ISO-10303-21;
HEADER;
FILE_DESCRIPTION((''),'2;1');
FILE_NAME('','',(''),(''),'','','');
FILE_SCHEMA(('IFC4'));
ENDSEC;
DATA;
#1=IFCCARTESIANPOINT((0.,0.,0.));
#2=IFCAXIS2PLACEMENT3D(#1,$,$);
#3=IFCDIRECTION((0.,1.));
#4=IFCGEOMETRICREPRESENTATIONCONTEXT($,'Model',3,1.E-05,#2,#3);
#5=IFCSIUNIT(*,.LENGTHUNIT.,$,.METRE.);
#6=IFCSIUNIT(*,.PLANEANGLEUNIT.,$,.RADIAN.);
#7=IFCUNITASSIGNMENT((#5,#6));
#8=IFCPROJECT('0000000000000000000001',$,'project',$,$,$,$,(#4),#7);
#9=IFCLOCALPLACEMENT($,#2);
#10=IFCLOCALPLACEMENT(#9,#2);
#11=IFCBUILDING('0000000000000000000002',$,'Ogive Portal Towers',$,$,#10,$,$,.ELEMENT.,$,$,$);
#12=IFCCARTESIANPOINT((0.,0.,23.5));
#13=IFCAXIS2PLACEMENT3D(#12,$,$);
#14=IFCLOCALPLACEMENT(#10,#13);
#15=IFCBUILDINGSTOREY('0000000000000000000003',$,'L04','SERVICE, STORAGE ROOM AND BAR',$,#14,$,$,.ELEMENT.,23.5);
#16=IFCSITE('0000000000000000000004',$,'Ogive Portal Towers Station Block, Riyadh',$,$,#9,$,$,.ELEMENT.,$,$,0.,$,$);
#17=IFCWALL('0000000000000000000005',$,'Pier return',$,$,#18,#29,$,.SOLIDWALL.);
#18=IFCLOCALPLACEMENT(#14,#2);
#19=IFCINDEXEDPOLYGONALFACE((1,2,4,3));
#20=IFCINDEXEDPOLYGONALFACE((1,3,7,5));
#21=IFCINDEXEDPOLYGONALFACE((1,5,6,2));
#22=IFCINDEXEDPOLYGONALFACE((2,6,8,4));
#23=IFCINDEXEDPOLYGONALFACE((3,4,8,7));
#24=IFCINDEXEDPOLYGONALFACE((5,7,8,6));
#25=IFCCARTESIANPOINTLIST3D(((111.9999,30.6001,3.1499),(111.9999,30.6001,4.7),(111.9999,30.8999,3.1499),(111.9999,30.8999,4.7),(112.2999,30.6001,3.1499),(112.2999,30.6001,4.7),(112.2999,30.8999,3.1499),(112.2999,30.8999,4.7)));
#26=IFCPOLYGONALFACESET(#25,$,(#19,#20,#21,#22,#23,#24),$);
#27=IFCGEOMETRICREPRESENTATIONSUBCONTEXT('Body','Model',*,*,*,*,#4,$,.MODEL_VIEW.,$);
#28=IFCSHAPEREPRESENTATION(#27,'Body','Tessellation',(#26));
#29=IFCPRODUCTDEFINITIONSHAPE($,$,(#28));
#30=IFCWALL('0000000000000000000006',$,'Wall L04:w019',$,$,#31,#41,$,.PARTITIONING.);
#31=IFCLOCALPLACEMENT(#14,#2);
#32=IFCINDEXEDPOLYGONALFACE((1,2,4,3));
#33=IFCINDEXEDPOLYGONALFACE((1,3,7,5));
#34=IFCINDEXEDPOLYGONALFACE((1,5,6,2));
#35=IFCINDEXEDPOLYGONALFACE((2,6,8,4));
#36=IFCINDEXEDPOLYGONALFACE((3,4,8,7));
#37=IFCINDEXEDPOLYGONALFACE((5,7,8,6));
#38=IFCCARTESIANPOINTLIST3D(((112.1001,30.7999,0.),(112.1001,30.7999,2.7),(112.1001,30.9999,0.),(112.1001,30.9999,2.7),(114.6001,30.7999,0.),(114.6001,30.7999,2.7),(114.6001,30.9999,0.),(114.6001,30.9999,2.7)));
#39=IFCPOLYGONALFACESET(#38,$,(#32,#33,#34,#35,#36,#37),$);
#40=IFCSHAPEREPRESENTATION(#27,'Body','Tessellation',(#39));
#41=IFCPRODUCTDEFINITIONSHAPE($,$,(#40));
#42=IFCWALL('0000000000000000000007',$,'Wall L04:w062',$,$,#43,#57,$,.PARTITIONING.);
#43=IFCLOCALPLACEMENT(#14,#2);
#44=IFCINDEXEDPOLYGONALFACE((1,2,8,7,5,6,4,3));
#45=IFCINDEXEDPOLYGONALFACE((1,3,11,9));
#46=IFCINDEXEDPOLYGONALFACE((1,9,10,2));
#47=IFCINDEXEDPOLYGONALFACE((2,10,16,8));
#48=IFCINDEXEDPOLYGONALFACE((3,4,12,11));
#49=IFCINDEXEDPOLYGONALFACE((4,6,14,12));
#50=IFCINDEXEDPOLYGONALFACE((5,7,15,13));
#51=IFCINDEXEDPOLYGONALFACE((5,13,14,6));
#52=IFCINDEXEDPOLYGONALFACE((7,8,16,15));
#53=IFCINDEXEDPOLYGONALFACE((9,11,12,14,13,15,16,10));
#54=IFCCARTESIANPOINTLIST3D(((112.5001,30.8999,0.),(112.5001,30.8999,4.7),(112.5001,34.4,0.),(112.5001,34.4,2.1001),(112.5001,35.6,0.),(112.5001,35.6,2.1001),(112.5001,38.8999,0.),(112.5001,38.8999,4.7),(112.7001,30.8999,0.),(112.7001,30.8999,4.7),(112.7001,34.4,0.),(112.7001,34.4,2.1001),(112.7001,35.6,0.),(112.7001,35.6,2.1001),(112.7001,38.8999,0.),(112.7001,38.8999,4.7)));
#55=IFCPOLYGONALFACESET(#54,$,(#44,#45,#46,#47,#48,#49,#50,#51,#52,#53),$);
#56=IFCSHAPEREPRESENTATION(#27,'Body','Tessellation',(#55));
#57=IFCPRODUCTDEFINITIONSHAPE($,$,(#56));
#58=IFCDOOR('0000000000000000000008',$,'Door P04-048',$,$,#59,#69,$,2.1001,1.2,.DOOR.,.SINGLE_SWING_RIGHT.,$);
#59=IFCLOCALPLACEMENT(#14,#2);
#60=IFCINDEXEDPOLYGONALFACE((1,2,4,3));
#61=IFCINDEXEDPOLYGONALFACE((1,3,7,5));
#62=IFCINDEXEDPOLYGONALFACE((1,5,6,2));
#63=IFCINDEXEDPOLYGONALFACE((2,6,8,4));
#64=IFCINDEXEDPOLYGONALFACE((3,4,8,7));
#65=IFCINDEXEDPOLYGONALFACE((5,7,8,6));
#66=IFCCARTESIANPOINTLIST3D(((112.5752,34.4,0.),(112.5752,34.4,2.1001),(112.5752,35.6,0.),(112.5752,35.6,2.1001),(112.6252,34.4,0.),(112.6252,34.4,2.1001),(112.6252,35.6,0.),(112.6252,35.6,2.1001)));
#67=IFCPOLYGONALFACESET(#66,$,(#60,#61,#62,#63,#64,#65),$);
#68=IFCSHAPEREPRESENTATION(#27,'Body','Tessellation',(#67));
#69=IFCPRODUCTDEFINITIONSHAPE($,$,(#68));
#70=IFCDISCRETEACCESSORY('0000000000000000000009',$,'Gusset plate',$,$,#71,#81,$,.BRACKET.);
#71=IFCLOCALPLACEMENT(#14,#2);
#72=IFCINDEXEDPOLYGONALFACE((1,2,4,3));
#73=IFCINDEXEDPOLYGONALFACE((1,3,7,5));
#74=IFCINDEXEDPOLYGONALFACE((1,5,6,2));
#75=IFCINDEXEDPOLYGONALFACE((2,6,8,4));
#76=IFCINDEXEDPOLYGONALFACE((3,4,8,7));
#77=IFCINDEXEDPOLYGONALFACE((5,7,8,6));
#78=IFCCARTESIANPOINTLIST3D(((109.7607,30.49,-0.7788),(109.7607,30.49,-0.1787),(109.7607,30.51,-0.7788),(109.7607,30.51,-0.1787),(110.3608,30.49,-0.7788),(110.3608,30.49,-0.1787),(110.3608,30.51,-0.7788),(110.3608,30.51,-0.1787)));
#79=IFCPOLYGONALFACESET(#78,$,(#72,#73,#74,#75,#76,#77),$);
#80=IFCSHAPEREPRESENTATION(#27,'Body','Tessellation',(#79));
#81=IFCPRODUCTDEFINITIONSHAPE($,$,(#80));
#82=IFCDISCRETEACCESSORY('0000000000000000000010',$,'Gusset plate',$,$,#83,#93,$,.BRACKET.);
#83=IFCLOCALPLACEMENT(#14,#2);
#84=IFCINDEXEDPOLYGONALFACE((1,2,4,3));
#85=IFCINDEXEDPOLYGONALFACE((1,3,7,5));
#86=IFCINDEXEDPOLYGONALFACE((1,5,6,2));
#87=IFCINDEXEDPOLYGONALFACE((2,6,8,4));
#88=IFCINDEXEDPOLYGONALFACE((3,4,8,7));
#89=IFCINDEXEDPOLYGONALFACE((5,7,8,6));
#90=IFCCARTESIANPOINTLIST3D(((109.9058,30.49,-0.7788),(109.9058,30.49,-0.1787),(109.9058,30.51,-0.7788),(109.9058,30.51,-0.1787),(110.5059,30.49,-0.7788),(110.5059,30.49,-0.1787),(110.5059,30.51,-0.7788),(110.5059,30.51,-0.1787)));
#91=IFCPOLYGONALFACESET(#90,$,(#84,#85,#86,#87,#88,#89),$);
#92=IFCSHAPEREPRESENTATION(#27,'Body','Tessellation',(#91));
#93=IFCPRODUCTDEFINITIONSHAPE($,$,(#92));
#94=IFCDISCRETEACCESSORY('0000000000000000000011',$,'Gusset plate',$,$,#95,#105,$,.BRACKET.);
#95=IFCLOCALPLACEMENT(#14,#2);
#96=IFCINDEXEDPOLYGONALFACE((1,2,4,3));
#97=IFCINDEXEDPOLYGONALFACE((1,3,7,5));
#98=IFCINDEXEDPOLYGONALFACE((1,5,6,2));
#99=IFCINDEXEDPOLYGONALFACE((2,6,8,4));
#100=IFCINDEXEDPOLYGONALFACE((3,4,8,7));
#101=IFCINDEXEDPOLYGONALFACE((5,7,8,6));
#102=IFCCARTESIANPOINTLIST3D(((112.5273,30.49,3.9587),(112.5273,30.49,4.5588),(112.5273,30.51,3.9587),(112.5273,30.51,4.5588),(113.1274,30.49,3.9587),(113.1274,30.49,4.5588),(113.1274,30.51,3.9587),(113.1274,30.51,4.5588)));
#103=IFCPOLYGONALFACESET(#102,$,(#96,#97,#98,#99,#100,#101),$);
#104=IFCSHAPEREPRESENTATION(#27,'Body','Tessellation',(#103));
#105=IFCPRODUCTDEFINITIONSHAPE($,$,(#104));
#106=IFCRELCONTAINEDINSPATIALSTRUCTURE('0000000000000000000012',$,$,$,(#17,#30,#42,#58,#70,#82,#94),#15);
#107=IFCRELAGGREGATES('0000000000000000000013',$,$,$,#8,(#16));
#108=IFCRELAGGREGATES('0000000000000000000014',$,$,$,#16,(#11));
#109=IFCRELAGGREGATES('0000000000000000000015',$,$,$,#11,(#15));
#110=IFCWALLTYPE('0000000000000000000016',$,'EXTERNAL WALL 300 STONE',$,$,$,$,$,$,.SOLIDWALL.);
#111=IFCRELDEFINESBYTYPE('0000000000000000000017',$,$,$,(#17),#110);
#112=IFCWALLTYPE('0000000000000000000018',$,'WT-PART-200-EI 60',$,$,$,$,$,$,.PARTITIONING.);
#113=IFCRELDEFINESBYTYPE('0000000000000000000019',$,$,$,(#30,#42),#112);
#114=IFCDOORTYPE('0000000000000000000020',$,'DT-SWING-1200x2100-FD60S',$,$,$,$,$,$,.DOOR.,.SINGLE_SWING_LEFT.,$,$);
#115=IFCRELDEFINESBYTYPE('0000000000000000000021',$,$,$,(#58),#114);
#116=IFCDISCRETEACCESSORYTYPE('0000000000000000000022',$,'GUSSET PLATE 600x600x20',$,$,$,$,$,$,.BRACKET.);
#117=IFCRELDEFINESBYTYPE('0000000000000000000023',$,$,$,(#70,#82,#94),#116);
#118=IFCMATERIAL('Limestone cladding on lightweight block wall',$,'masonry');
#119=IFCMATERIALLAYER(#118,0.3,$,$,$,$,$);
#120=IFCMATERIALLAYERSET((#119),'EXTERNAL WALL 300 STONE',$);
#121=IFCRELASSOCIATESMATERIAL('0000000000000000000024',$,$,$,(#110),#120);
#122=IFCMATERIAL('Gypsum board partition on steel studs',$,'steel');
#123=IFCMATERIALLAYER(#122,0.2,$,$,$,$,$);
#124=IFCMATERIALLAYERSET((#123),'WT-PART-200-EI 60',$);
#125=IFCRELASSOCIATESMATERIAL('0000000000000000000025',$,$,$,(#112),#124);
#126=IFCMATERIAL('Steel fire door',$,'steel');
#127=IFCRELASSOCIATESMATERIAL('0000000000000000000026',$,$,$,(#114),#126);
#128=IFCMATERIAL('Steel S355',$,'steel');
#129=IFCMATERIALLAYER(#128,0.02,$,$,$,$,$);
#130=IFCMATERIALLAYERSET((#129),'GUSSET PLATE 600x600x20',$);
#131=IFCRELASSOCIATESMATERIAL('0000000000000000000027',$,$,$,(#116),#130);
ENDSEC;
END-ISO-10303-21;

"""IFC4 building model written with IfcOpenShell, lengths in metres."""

from ifc_helpers import new_model, si_unit, direction, frame, frame_2d, origin, origin_2d, place, context, subcontext, project, spatial, rectangle, extrude, material, layer, layer_set, type_object, element, fill, save


model = new_model("IFC4")

# Units and contexts
model_context = context("Model", 3, precision=1e-05, world=origin(), true_north=direction((0.0, 1.0)))
body_context = subcontext(model_context, "Body", "Model", "MODEL_VIEW")
ifc_project = project(units=[si_unit("LENGTHUNIT", "METRE"), si_unit("PLANEANGLEUNIT", "RADIAN")], contexts=[model_context])

# Site, building, storey
site_placement = place(None, origin())
site = spatial("IfcSite", under=ifc_project, at=site_placement, Name="Ogive Portal Towers Station Block, Riyadh", CompositionType="ELEMENT", RefElevation=0.0)
building_placement = place(site_placement, origin())
building = spatial("IfcBuilding", under=site, at=building_placement, Name="Ogive Portal Towers", CompositionType="ELEMENT")
storey_placement = place(building_placement, frame((0.0, 0.0, 23.5)))
storey = spatial("IfcBuildingStorey", under=building, at=storey_placement, Name="L04", Description="SERVICE, STORAGE ROOM AND BAR", CompositionType="ELEMENT", Elevation=23.5)

# Shared definitions
ifc_material_1 = material(Name="Steel S355", Category="steel")

# Shared definitions
ifc_material_2 = material(Name="Limestone cladding on lightweight block wall", Category="masonry")
ifc_layer_1 = layer(ifc_material_2, 0.3)
ifc_layer_set_1 = layer_set([ifc_layer_1], Name="EXTERNAL WALL 300 STONE")
wall_type_1 = type_object("IfcWallType", Name="EXTERNAL WALL 300 STONE", PredefinedType="SOLIDWALL", material=ifc_layer_set_1)

# Walls
wall_1_placement = place(storey_placement, frame((112.1499, 30.6001, 3.1499), z_axis=(0.0, 0.0, 1.0), x_axis=(0.0, 1.0, 0.0)))
element("IfcWall", 1, at=wall_1_placement, inside=storey, type_object=wall_type_1, Name="Pier return", PredefinedType="SOLIDWALL", context=body_context, shape_type="SweptSolid", body=[
    extrude(rectangle(XDim=0.2998, YDim=0.3, at=frame_2d((0.1499, 0.0))), origin(), (0.0, 0.0, 1.0), 1.55),
])
ifc_material_3 = material(Name="Gypsum board partition on steel studs", Category="steel")
ifc_layer_2 = layer(ifc_material_3, 0.2)
ifc_layer_set_2 = layer_set([ifc_layer_2], Name="WT-PART-200-EI 60")
wall_type_2 = type_object("IfcWallType", Name="WT-PART-200-EI 60", PredefinedType="PARTITIONING", material=ifc_layer_set_2)
wall_2_placement = place(storey_placement, frame((112.1001, 30.8999, 0.0), z_axis=(0.0, 0.0, 1.0), x_axis=(1.0, 0.0, 0.0)))
element("IfcWall", 2, at=wall_2_placement, inside=storey, type_object=wall_type_2, Name="Wall L04:w019", PredefinedType="PARTITIONING", context=body_context, shape_type="SweptSolid", body=[
    extrude(rectangle(XDim=2.5, YDim=0.2, at=frame_2d((1.25, 0.0))), origin(), (0.0, 0.0, 1.0), 2.7),
])

# Wall, opening, door
wall_3_placement = place(storey_placement, frame((112.6001, 30.8999, 0.0), z_axis=(0.0, 0.0, 1.0), x_axis=(0.0, 1.0, 0.0)))
wall_3 = element("IfcWall", 3, at=wall_3_placement, inside=storey, type_object=wall_type_2, Name="Wall L04:w062", PredefinedType="PARTITIONING", context=body_context, shape_type="SweptSolid", body=[
    extrude(rectangle(XDim=8.0, YDim=0.2, at=frame_2d((4.0, 0.0))), origin(), (0.0, 0.0, 1.0), 4.7),
])
opening_1_placement = place(wall_3_placement, frame((3.5, 0.0, 0.0)))
opening_1 = element("IfcOpeningElement", 4, at=opening_1_placement, cuts=wall_3, PredefinedType="OPENING", context=body_context, shape_type="SweptSolid", body=[
    extrude(rectangle(XDim=1.2, YDim=2.1001, at=frame_2d((0.6001, 1.05))), frame((0.0, 0.1099, 0.0), z_axis=(0.0, -1.0, 0.0), x_axis=(1.0, 0.0, 0.0)), (0.0, 0.0, 1.0), 0.22),
])
ifc_material_4 = material(Name="Steel fire door", Category="steel")
door_type = type_object("IfcDoorType", Name="DT-SWING-1200x2100-FD60S", OperationType="SINGLE_SWING_LEFT", PredefinedType="DOOR", material=ifc_material_4)
door_placement = place(opening_1_placement, origin())
door = element("IfcDoor", 5, at=door_placement, inside=storey, type_object=door_type, Name="Door P04-048", OperationType="SINGLE_SWING_RIGHT", OverallHeight=2.1001, OverallWidth=1.2, PredefinedType="DOOR", context=body_context, shape_type="SweptSolid", body=[
    extrude(rectangle(XDim=1.2, YDim=2.1001, at=frame_2d((0.6001, 1.05))), frame((0.0, 0.0249, 0.0), z_axis=(0.0, -1.0, 0.0), x_axis=(1.0, 0.0, 0.0)), (0.0, 0.0, 1.0), 0.05),
])
fill(opening_1, door)

# Discrete accessories
ifc_layer_3 = layer(ifc_material_1, 0.02)
ifc_layer_set_3 = layer_set([ifc_layer_3], Name="GUSSET PLATE 600x600x20")
discrete_accessory_type = type_object("IfcDiscreteAccessoryType", Name="GUSSET PLATE 600x600x20", PredefinedType="BRACKET", material=ifc_layer_set_3)
for number, where, z_axis, x_axis, name in (
    (6, (110.0608, 30.5, -0.7788), (0.0, 0.0, 1.0), (1.0, 0.0, 0.0), "Gusset plate"),
    (7, (110.2058, 30.5, -0.7788), (0.0, 0.0, 1.0), (1.0, 0.0, 0.0), "Gusset plate"),
    (8, (112.8274, 30.5, 3.9587), (0.0, 0.0, 1.0), (1.0, 0.0, 0.0), "Gusset plate"),
):
    element("IfcDiscreteAccessory", number, at=place(storey_placement, frame(where, z_axis=z_axis, x_axis=x_axis)), inside=storey, type_object=discrete_accessory_type, Name=name, PredefinedType="BRACKET", context=body_context, shape_type="SweptSolid", body=[
        extrude(rectangle(XDim=0.6001, YDim=0.02, at=origin_2d()), origin(), (0.0, 0.0, 1.0), 0.6001),
    ])

save(model, "model.ifc")
